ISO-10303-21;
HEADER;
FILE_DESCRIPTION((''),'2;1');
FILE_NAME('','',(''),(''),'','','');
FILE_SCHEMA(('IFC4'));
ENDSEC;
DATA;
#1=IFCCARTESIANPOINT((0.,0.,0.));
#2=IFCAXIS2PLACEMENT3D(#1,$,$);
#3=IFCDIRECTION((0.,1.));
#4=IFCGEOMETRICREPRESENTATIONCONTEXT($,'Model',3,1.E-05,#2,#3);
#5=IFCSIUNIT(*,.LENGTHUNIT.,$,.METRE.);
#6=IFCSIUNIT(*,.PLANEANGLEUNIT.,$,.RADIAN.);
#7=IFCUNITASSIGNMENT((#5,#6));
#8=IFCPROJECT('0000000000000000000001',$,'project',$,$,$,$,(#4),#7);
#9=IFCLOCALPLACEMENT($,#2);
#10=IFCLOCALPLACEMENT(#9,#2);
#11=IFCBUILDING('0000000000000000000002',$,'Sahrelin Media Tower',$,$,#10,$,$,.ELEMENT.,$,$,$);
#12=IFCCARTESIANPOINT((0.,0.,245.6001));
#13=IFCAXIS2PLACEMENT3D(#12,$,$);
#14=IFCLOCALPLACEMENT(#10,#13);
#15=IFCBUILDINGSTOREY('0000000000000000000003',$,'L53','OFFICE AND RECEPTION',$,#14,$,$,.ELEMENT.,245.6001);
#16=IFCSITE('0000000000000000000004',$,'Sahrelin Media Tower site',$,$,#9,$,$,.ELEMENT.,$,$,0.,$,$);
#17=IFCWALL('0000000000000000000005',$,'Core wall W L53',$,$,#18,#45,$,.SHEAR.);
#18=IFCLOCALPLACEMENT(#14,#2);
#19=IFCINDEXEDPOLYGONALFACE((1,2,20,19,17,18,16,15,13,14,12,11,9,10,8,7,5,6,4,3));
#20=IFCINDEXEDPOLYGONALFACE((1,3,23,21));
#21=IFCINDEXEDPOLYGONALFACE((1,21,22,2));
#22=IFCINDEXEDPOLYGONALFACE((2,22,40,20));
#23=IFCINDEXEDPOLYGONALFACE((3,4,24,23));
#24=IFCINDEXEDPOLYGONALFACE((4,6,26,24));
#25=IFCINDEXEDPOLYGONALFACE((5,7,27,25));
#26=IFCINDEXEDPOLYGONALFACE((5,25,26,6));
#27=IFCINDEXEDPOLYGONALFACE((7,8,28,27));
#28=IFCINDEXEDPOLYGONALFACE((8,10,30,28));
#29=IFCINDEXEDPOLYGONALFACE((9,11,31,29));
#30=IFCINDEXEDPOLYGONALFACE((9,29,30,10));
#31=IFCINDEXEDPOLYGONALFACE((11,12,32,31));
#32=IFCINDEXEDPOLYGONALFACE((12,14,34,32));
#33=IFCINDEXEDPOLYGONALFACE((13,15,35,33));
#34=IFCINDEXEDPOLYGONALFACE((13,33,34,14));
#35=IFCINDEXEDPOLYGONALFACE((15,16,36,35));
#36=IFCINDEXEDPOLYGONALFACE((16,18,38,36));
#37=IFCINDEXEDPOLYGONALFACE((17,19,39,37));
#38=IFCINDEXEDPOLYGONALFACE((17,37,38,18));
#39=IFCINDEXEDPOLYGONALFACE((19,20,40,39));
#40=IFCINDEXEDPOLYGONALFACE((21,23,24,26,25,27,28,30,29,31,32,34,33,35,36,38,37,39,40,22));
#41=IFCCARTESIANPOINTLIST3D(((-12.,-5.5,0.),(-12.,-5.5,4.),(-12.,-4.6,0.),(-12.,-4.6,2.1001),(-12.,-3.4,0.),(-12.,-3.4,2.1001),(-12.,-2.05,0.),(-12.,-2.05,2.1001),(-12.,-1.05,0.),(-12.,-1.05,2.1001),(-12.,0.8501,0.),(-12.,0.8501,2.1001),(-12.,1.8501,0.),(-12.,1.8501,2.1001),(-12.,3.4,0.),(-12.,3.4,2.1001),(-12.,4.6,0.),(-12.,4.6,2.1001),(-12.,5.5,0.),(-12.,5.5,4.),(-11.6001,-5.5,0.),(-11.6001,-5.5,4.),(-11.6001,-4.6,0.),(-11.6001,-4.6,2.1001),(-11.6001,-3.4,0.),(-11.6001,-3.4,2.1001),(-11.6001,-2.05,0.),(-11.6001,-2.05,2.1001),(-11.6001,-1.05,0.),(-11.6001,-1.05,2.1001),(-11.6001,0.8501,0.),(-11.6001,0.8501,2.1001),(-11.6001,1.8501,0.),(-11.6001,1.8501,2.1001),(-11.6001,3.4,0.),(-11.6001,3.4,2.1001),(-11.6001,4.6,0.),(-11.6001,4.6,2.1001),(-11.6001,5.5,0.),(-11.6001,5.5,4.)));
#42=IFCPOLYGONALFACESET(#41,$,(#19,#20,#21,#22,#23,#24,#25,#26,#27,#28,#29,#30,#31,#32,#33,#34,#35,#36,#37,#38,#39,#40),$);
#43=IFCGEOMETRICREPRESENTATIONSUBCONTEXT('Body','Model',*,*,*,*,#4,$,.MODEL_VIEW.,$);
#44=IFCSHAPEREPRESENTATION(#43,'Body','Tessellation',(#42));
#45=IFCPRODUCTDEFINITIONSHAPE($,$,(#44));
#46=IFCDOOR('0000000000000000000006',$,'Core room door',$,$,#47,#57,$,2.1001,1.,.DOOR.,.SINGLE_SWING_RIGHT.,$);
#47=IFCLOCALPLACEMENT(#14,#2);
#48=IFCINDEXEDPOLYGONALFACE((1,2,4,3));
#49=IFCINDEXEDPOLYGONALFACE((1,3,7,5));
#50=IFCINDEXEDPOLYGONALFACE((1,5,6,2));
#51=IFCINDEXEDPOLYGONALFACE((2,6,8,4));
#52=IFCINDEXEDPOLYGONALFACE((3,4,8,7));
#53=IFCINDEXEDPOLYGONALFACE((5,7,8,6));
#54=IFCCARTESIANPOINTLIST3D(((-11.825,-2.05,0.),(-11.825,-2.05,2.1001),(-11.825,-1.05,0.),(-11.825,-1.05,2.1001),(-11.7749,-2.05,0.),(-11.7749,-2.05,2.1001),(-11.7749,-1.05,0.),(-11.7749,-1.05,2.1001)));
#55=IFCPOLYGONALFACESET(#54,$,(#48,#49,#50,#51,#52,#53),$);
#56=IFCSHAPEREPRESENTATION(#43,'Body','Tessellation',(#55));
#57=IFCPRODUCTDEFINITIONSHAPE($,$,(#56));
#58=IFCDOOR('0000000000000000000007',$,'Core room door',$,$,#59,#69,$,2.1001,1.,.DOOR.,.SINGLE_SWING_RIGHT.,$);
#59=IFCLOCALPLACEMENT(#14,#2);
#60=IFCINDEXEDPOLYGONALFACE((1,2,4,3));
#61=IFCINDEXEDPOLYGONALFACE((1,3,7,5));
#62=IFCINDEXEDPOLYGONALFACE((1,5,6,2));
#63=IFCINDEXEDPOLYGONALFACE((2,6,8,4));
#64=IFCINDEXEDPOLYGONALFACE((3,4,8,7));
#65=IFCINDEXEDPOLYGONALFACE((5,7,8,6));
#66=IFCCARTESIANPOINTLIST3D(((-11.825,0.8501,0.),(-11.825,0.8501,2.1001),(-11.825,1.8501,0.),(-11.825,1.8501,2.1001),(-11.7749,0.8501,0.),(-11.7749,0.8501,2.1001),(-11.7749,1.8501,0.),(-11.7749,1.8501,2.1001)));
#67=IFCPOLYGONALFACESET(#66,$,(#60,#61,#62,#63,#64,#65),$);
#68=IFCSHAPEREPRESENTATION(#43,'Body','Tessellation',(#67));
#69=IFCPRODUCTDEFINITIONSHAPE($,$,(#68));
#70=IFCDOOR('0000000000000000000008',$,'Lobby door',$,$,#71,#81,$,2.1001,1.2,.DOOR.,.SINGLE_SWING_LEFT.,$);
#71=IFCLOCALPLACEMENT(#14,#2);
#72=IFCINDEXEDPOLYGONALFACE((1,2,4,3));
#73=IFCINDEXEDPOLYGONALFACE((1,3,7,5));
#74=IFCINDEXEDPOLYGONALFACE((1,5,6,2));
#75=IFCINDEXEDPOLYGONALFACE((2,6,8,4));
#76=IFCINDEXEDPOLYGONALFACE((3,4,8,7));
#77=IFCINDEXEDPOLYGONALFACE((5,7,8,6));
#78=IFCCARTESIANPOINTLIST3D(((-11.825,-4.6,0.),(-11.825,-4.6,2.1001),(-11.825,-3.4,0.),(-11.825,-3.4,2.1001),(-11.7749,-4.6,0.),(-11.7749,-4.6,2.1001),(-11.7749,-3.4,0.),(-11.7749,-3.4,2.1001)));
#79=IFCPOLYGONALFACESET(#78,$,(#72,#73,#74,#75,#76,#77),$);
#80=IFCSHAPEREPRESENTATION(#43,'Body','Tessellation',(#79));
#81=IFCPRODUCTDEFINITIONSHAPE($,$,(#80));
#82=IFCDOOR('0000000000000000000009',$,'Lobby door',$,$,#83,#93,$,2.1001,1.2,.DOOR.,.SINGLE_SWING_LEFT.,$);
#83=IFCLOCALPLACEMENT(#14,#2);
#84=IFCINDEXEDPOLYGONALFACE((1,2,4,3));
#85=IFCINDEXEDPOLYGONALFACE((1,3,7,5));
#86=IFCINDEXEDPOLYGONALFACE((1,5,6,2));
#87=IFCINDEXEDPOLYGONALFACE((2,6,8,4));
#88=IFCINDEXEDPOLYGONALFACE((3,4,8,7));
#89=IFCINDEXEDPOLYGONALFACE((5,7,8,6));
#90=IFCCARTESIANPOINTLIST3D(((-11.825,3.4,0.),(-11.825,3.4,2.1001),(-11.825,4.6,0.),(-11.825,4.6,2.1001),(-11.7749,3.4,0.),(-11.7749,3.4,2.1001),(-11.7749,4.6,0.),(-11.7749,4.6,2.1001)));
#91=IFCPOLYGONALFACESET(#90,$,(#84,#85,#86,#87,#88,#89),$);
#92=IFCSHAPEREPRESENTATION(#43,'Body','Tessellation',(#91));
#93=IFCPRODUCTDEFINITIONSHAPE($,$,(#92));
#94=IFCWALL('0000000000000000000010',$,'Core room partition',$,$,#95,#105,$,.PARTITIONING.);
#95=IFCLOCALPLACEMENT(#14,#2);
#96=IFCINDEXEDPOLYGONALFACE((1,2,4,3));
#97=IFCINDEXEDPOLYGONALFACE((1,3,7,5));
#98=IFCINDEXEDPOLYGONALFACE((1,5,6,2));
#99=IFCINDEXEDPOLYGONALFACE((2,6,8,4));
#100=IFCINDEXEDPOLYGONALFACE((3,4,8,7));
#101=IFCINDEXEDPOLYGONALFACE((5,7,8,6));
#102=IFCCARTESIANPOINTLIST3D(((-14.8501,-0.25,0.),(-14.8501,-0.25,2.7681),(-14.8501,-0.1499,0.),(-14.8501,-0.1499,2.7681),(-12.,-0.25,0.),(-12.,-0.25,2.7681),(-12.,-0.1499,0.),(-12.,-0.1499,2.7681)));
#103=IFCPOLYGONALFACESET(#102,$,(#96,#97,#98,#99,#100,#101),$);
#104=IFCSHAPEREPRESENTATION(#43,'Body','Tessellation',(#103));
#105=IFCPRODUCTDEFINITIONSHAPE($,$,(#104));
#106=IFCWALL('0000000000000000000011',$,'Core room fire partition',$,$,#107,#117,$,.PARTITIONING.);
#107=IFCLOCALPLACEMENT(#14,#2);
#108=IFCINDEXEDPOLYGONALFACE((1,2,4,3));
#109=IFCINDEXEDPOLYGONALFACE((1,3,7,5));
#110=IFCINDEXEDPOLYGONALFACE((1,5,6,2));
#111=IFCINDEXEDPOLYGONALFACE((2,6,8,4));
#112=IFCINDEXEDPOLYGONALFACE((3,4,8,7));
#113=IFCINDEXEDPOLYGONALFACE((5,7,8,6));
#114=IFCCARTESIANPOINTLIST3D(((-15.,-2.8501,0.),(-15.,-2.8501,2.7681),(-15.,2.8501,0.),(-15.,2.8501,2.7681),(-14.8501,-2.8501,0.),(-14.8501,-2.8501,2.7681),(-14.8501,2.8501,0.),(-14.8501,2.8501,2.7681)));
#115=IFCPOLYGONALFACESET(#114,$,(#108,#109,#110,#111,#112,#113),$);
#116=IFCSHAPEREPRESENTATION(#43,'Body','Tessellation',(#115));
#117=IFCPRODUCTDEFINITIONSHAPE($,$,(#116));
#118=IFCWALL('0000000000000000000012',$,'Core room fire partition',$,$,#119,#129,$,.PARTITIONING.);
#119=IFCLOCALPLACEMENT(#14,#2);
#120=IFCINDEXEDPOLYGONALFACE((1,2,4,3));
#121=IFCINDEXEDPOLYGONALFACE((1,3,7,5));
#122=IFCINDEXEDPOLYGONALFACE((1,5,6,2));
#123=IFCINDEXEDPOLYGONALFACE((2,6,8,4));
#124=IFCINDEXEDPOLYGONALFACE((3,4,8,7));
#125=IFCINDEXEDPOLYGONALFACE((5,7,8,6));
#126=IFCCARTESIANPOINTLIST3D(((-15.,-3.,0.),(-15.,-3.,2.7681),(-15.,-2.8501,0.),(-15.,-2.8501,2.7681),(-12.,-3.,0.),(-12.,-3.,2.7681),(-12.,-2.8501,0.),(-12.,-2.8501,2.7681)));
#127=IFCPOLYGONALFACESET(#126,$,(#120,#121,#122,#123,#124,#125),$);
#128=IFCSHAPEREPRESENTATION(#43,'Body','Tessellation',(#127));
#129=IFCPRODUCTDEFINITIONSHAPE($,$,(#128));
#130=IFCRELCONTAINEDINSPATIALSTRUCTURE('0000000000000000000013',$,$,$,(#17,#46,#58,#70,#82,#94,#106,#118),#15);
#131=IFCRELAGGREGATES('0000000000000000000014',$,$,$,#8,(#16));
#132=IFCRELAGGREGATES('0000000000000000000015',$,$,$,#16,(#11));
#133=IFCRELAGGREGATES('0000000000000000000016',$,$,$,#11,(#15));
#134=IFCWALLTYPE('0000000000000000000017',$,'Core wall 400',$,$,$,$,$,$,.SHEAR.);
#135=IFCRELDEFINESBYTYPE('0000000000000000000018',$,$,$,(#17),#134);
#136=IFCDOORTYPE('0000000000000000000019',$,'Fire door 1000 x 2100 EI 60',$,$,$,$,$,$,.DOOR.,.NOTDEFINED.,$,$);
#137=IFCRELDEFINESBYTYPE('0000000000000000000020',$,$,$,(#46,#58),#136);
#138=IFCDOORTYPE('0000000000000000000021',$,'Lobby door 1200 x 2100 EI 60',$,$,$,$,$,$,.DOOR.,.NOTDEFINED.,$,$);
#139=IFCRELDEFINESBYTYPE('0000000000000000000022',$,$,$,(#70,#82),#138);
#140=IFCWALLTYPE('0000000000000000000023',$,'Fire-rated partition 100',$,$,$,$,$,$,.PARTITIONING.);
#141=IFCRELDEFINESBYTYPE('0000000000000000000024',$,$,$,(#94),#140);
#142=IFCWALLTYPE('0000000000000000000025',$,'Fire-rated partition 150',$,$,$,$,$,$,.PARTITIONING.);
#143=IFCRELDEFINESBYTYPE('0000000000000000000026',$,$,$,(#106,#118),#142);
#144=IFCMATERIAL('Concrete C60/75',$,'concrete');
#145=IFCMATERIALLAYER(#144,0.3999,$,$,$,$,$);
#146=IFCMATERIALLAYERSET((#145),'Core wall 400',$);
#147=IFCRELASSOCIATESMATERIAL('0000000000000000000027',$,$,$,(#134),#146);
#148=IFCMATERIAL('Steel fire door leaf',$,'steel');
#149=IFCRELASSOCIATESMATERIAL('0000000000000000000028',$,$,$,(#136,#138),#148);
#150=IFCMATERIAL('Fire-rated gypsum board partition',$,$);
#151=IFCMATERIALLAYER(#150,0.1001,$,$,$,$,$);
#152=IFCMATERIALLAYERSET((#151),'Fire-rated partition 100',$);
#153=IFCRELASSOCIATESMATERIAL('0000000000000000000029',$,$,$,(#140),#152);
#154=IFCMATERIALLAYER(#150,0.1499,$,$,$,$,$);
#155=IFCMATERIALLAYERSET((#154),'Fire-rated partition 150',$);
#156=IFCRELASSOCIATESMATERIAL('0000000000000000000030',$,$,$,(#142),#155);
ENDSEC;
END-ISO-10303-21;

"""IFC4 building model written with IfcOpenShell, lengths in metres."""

from ifc_helpers import new_model, si_unit, direction, frame, frame_2d, origin, place, context, subcontext, project, spatial, rectangle, extrude, material, layer, layer_set, type_object, element, fill, save


model = new_model("IFC4")

# Units and contexts
model_context = context("Model", 3, precision=1e-05, world=origin(), true_north=direction((0.0, 1.0)))
body_context = subcontext(model_context, "Body", "Model", "MODEL_VIEW")
ifc_project = project(units=[si_unit("LENGTHUNIT", "METRE"), si_unit("PLANEANGLEUNIT", "RADIAN")], contexts=[model_context])

# Site, building, storey
site_placement = place(None, origin())
site = spatial("IfcSite", under=ifc_project, at=site_placement, Name="Sahrelin Media Tower site", CompositionType="ELEMENT", RefElevation=0.0)
building_placement = place(site_placement, origin())
building = spatial("IfcBuilding", under=site, at=building_placement, Name="Sahrelin Media Tower", CompositionType="ELEMENT")
storey_placement = place(building_placement, frame((0.0, 0.0, 245.6001)))
storey = spatial("IfcBuildingStorey", under=building, at=storey_placement, Name="L53", Description="OFFICE AND RECEPTION", CompositionType="ELEMENT", Elevation=245.6001)

# Wall, openings, doors
ifc_material_1 = material(Name="Concrete C60/75", Category="concrete")
ifc_layer_1 = layer(ifc_material_1, 0.3999)
ifc_layer_set_1 = layer_set([ifc_layer_1], Name="Core wall 400")
wall_type_1 = type_object("IfcWallType", Name="Core wall 400", PredefinedType="SHEAR", material=ifc_layer_set_1)
wall_1_placement = place(storey_placement, frame((-11.8, -5.5, 0.0), z_axis=(0.0, 0.0, 1.0), x_axis=(0.0, 1.0, 0.0)))
wall_1 = element("IfcWall", 1, at=wall_1_placement, inside=storey, type_object=wall_type_1, Name="Core wall W L53", PredefinedType="SHEAR", context=body_context, shape_type="SweptSolid", body=[
    extrude(rectangle(XDim=11.0, YDim=0.3999, at=frame_2d((5.5, 0.0))), origin(), (0.0, 0.0, 1.0), 4.0),
])
opening_1_placement = place(wall_1_placement, frame((3.45, 0.0, 0.0)))
opening_1 = element("IfcOpeningElement", 2, at=opening_1_placement, cuts=wall_1, PredefinedType="OPENING", context=body_context, shape_type="SweptSolid", body=[
    extrude(rectangle(XDim=1.0, YDim=2.1001, at=frame_2d((0.5, 1.05))), frame((0.0, 0.2, 0.0), z_axis=(0.0, -1.0, 0.0), x_axis=(1.0, 0.0, 0.0)), (0.0, 0.0, 1.0), 0.3999),
])
opening_2_placement = place(wall_1_placement, frame((6.3501, 0.0, 0.0)))
opening_2 = element("IfcOpeningElement", 3, at=opening_2_placement, cuts=wall_1, PredefinedType="OPENING", context=body_context, shape_type="SweptSolid", body=[
    extrude(rectangle(XDim=1.0, YDim=2.1001, at=frame_2d((0.5, 1.05))), frame((0.0, 0.2, 0.0), z_axis=(0.0, -1.0, 0.0), x_axis=(1.0, 0.0, 0.0)), (0.0, 0.0, 1.0), 0.3999),
])
opening_3_placement = place(wall_1_placement, frame((0.8999, 0.0, 0.0)))
opening_3 = element("IfcOpeningElement", 4, at=opening_3_placement, cuts=wall_1, PredefinedType="OPENING", context=body_context, shape_type="SweptSolid", body=[
    extrude(rectangle(XDim=1.2, YDim=2.1001, at=frame_2d((0.6001, 1.05))), frame((0.0, 0.2, 0.0), z_axis=(0.0, -1.0, 0.0), x_axis=(1.0, 0.0, 0.0)), (0.0, 0.0, 1.0), 0.3999),
])
opening_4_placement = place(wall_1_placement, frame((8.8999, 0.0, 0.0)))
opening_4 = element("IfcOpeningElement", 5, at=opening_4_placement, cuts=wall_1, PredefinedType="OPENING", context=body_context, shape_type="SweptSolid", body=[
    extrude(rectangle(XDim=1.2, YDim=2.1001, at=frame_2d((0.6001, 1.05))), frame((0.0, 0.2, 0.0), z_axis=(0.0, -1.0, 0.0), x_axis=(1.0, 0.0, 0.0)), (0.0, 0.0, 1.0), 0.3999),
])
ifc_material_2 = material(Name="Steel fire door leaf", Category="steel")
door_type_1 = type_object("IfcDoorType", Name="Fire door 1000 x 2100 EI 60", OperationType="NOTDEFINED", PredefinedType="DOOR", material=ifc_material_2)
door_1_placement = place(opening_1_placement, origin())
door_1 = element("IfcDoor", 6, at=door_1_placement, inside=storey, type_object=door_type_1, Name="Core room door", OperationType="SINGLE_SWING_RIGHT", OverallHeight=2.1001, OverallWidth=1.0, PredefinedType="DOOR", context=body_context, shape_type="SweptSolid", body=[
    extrude(rectangle(XDim=1.0, YDim=2.1001, at=frame_2d((0.5, 1.05))), frame((0.0, 0.0249, 0.0), z_axis=(0.0, -1.0, 0.0), x_axis=(1.0, 0.0, 0.0)), (0.0, 0.0, 1.0), 0.05),
])
fill(opening_1, door_1)
door_2_placement = place(opening_2_placement, origin())
door_2 = element("IfcDoor", 7, at=door_2_placement, inside=storey, type_object=door_type_1, Name="Core room door", OperationType="SINGLE_SWING_RIGHT", OverallHeight=2.1001, OverallWidth=1.0, PredefinedType="DOOR", context=body_context, shape_type="SweptSolid", body=[
    extrude(rectangle(XDim=1.0, YDim=2.1001, at=frame_2d((0.5, 1.05))), frame((0.0, 0.0249, 0.0), z_axis=(0.0, -1.0, 0.0), x_axis=(1.0, 0.0, 0.0)), (0.0, 0.0, 1.0), 0.05),
])
fill(opening_2, door_2)
door_type_2 = type_object("IfcDoorType", Name="Lobby door 1200 x 2100 EI 60", OperationType="NOTDEFINED", PredefinedType="DOOR", material=ifc_material_2)
door_3_placement = place(opening_3_placement, origin())
door_3 = element("IfcDoor", 8, at=door_3_placement, inside=storey, type_object=door_type_2, Name="Lobby door", OperationType="SINGLE_SWING_LEFT", OverallHeight=2.1001, OverallWidth=1.2, PredefinedType="DOOR", context=body_context, shape_type="SweptSolid", body=[
    extrude(rectangle(XDim=1.2, YDim=2.1001, at=frame_2d((0.6001, 1.05))), frame((0.0, 0.0249, 0.0), z_axis=(0.0, -1.0, 0.0), x_axis=(1.0, 0.0, 0.0)), (0.0, 0.0, 1.0), 0.05),
])
fill(opening_3, door_3)
door_4_placement = place(opening_4_placement, origin())
door_4 = element("IfcDoor", 9, at=door_4_placement, inside=storey, type_object=door_type_2, Name="Lobby door", OperationType="SINGLE_SWING_LEFT", OverallHeight=2.1001, OverallWidth=1.2, PredefinedType="DOOR", context=body_context, shape_type="SweptSolid", body=[
    extrude(rectangle(XDim=1.2, YDim=2.1001, at=frame_2d((0.6001, 1.05))), frame((0.0, 0.0249, 0.0), z_axis=(0.0, -1.0, 0.0), x_axis=(1.0, 0.0, 0.0)), (0.0, 0.0, 1.0), 0.05),
])
fill(opening_4, door_4)

# Walls
ifc_material_3 = material(Name="Fire-rated gypsum board partition")
ifc_layer_2 = layer(ifc_material_3, 0.1001)
ifc_layer_set_2 = layer_set([ifc_layer_2], Name="Fire-rated partition 100")
wall_type_2 = type_object("IfcWallType", Name="Fire-rated partition 100", PredefinedType="PARTITIONING", material=ifc_layer_set_2)
wall_2_placement = place(storey_placement, frame((-14.8501, -0.2, 0.0), z_axis=(0.0, 0.0, 1.0), x_axis=(1.0, 0.0, 0.0)))
element("IfcWall", 10, at=wall_2_placement, inside=storey, type_object=wall_type_2, Name="Core room partition", PredefinedType="PARTITIONING", context=body_context, shape_type="SweptSolid", body=[
    extrude(rectangle(XDim=2.8501, YDim=0.1001, at=frame_2d((1.425, 0.0))), origin(), (0.0, 0.0, 1.0), 2.7681),
])
ifc_layer_3 = layer(ifc_material_3, 0.1499)
ifc_layer_set_3 = layer_set([ifc_layer_3], Name="Fire-rated partition 150")
wall_type_3 = type_object("IfcWallType", Name="Fire-rated partition 150", PredefinedType="PARTITIONING", material=ifc_layer_set_3)
wall_3_placement = place(storey_placement, frame((-14.925, -2.8501, 0.0), z_axis=(0.0, 0.0, 1.0), x_axis=(0.0, 1.0, 0.0)))
element("IfcWall", 11, at=wall_3_placement, inside=storey, type_object=wall_type_3, Name="Core room fire partition", PredefinedType="PARTITIONING", context=body_context, shape_type="SweptSolid", body=[
    extrude(rectangle(XDim=5.7002, YDim=0.1499, at=frame_2d((2.8501, 0.0))), origin(), (0.0, 0.0, 1.0), 2.7681),
])
wall_4_placement = place(storey_placement, frame((-15.0, -2.925, 0.0), z_axis=(0.0, 0.0, 1.0), x_axis=(1.0, 0.0, 0.0)))
element("IfcWall", 12, at=wall_4_placement, inside=storey, type_object=wall_type_3, Name="Core room fire partition", PredefinedType="PARTITIONING", context=body_context, shape_type="SweptSolid", body=[
    extrude(rectangle(XDim=3.0, YDim=0.1499, at=frame_2d((1.5, 0.0))), origin(), (0.0, 0.0, 1.0), 2.7681),
])

save(model, "model.ifc")
